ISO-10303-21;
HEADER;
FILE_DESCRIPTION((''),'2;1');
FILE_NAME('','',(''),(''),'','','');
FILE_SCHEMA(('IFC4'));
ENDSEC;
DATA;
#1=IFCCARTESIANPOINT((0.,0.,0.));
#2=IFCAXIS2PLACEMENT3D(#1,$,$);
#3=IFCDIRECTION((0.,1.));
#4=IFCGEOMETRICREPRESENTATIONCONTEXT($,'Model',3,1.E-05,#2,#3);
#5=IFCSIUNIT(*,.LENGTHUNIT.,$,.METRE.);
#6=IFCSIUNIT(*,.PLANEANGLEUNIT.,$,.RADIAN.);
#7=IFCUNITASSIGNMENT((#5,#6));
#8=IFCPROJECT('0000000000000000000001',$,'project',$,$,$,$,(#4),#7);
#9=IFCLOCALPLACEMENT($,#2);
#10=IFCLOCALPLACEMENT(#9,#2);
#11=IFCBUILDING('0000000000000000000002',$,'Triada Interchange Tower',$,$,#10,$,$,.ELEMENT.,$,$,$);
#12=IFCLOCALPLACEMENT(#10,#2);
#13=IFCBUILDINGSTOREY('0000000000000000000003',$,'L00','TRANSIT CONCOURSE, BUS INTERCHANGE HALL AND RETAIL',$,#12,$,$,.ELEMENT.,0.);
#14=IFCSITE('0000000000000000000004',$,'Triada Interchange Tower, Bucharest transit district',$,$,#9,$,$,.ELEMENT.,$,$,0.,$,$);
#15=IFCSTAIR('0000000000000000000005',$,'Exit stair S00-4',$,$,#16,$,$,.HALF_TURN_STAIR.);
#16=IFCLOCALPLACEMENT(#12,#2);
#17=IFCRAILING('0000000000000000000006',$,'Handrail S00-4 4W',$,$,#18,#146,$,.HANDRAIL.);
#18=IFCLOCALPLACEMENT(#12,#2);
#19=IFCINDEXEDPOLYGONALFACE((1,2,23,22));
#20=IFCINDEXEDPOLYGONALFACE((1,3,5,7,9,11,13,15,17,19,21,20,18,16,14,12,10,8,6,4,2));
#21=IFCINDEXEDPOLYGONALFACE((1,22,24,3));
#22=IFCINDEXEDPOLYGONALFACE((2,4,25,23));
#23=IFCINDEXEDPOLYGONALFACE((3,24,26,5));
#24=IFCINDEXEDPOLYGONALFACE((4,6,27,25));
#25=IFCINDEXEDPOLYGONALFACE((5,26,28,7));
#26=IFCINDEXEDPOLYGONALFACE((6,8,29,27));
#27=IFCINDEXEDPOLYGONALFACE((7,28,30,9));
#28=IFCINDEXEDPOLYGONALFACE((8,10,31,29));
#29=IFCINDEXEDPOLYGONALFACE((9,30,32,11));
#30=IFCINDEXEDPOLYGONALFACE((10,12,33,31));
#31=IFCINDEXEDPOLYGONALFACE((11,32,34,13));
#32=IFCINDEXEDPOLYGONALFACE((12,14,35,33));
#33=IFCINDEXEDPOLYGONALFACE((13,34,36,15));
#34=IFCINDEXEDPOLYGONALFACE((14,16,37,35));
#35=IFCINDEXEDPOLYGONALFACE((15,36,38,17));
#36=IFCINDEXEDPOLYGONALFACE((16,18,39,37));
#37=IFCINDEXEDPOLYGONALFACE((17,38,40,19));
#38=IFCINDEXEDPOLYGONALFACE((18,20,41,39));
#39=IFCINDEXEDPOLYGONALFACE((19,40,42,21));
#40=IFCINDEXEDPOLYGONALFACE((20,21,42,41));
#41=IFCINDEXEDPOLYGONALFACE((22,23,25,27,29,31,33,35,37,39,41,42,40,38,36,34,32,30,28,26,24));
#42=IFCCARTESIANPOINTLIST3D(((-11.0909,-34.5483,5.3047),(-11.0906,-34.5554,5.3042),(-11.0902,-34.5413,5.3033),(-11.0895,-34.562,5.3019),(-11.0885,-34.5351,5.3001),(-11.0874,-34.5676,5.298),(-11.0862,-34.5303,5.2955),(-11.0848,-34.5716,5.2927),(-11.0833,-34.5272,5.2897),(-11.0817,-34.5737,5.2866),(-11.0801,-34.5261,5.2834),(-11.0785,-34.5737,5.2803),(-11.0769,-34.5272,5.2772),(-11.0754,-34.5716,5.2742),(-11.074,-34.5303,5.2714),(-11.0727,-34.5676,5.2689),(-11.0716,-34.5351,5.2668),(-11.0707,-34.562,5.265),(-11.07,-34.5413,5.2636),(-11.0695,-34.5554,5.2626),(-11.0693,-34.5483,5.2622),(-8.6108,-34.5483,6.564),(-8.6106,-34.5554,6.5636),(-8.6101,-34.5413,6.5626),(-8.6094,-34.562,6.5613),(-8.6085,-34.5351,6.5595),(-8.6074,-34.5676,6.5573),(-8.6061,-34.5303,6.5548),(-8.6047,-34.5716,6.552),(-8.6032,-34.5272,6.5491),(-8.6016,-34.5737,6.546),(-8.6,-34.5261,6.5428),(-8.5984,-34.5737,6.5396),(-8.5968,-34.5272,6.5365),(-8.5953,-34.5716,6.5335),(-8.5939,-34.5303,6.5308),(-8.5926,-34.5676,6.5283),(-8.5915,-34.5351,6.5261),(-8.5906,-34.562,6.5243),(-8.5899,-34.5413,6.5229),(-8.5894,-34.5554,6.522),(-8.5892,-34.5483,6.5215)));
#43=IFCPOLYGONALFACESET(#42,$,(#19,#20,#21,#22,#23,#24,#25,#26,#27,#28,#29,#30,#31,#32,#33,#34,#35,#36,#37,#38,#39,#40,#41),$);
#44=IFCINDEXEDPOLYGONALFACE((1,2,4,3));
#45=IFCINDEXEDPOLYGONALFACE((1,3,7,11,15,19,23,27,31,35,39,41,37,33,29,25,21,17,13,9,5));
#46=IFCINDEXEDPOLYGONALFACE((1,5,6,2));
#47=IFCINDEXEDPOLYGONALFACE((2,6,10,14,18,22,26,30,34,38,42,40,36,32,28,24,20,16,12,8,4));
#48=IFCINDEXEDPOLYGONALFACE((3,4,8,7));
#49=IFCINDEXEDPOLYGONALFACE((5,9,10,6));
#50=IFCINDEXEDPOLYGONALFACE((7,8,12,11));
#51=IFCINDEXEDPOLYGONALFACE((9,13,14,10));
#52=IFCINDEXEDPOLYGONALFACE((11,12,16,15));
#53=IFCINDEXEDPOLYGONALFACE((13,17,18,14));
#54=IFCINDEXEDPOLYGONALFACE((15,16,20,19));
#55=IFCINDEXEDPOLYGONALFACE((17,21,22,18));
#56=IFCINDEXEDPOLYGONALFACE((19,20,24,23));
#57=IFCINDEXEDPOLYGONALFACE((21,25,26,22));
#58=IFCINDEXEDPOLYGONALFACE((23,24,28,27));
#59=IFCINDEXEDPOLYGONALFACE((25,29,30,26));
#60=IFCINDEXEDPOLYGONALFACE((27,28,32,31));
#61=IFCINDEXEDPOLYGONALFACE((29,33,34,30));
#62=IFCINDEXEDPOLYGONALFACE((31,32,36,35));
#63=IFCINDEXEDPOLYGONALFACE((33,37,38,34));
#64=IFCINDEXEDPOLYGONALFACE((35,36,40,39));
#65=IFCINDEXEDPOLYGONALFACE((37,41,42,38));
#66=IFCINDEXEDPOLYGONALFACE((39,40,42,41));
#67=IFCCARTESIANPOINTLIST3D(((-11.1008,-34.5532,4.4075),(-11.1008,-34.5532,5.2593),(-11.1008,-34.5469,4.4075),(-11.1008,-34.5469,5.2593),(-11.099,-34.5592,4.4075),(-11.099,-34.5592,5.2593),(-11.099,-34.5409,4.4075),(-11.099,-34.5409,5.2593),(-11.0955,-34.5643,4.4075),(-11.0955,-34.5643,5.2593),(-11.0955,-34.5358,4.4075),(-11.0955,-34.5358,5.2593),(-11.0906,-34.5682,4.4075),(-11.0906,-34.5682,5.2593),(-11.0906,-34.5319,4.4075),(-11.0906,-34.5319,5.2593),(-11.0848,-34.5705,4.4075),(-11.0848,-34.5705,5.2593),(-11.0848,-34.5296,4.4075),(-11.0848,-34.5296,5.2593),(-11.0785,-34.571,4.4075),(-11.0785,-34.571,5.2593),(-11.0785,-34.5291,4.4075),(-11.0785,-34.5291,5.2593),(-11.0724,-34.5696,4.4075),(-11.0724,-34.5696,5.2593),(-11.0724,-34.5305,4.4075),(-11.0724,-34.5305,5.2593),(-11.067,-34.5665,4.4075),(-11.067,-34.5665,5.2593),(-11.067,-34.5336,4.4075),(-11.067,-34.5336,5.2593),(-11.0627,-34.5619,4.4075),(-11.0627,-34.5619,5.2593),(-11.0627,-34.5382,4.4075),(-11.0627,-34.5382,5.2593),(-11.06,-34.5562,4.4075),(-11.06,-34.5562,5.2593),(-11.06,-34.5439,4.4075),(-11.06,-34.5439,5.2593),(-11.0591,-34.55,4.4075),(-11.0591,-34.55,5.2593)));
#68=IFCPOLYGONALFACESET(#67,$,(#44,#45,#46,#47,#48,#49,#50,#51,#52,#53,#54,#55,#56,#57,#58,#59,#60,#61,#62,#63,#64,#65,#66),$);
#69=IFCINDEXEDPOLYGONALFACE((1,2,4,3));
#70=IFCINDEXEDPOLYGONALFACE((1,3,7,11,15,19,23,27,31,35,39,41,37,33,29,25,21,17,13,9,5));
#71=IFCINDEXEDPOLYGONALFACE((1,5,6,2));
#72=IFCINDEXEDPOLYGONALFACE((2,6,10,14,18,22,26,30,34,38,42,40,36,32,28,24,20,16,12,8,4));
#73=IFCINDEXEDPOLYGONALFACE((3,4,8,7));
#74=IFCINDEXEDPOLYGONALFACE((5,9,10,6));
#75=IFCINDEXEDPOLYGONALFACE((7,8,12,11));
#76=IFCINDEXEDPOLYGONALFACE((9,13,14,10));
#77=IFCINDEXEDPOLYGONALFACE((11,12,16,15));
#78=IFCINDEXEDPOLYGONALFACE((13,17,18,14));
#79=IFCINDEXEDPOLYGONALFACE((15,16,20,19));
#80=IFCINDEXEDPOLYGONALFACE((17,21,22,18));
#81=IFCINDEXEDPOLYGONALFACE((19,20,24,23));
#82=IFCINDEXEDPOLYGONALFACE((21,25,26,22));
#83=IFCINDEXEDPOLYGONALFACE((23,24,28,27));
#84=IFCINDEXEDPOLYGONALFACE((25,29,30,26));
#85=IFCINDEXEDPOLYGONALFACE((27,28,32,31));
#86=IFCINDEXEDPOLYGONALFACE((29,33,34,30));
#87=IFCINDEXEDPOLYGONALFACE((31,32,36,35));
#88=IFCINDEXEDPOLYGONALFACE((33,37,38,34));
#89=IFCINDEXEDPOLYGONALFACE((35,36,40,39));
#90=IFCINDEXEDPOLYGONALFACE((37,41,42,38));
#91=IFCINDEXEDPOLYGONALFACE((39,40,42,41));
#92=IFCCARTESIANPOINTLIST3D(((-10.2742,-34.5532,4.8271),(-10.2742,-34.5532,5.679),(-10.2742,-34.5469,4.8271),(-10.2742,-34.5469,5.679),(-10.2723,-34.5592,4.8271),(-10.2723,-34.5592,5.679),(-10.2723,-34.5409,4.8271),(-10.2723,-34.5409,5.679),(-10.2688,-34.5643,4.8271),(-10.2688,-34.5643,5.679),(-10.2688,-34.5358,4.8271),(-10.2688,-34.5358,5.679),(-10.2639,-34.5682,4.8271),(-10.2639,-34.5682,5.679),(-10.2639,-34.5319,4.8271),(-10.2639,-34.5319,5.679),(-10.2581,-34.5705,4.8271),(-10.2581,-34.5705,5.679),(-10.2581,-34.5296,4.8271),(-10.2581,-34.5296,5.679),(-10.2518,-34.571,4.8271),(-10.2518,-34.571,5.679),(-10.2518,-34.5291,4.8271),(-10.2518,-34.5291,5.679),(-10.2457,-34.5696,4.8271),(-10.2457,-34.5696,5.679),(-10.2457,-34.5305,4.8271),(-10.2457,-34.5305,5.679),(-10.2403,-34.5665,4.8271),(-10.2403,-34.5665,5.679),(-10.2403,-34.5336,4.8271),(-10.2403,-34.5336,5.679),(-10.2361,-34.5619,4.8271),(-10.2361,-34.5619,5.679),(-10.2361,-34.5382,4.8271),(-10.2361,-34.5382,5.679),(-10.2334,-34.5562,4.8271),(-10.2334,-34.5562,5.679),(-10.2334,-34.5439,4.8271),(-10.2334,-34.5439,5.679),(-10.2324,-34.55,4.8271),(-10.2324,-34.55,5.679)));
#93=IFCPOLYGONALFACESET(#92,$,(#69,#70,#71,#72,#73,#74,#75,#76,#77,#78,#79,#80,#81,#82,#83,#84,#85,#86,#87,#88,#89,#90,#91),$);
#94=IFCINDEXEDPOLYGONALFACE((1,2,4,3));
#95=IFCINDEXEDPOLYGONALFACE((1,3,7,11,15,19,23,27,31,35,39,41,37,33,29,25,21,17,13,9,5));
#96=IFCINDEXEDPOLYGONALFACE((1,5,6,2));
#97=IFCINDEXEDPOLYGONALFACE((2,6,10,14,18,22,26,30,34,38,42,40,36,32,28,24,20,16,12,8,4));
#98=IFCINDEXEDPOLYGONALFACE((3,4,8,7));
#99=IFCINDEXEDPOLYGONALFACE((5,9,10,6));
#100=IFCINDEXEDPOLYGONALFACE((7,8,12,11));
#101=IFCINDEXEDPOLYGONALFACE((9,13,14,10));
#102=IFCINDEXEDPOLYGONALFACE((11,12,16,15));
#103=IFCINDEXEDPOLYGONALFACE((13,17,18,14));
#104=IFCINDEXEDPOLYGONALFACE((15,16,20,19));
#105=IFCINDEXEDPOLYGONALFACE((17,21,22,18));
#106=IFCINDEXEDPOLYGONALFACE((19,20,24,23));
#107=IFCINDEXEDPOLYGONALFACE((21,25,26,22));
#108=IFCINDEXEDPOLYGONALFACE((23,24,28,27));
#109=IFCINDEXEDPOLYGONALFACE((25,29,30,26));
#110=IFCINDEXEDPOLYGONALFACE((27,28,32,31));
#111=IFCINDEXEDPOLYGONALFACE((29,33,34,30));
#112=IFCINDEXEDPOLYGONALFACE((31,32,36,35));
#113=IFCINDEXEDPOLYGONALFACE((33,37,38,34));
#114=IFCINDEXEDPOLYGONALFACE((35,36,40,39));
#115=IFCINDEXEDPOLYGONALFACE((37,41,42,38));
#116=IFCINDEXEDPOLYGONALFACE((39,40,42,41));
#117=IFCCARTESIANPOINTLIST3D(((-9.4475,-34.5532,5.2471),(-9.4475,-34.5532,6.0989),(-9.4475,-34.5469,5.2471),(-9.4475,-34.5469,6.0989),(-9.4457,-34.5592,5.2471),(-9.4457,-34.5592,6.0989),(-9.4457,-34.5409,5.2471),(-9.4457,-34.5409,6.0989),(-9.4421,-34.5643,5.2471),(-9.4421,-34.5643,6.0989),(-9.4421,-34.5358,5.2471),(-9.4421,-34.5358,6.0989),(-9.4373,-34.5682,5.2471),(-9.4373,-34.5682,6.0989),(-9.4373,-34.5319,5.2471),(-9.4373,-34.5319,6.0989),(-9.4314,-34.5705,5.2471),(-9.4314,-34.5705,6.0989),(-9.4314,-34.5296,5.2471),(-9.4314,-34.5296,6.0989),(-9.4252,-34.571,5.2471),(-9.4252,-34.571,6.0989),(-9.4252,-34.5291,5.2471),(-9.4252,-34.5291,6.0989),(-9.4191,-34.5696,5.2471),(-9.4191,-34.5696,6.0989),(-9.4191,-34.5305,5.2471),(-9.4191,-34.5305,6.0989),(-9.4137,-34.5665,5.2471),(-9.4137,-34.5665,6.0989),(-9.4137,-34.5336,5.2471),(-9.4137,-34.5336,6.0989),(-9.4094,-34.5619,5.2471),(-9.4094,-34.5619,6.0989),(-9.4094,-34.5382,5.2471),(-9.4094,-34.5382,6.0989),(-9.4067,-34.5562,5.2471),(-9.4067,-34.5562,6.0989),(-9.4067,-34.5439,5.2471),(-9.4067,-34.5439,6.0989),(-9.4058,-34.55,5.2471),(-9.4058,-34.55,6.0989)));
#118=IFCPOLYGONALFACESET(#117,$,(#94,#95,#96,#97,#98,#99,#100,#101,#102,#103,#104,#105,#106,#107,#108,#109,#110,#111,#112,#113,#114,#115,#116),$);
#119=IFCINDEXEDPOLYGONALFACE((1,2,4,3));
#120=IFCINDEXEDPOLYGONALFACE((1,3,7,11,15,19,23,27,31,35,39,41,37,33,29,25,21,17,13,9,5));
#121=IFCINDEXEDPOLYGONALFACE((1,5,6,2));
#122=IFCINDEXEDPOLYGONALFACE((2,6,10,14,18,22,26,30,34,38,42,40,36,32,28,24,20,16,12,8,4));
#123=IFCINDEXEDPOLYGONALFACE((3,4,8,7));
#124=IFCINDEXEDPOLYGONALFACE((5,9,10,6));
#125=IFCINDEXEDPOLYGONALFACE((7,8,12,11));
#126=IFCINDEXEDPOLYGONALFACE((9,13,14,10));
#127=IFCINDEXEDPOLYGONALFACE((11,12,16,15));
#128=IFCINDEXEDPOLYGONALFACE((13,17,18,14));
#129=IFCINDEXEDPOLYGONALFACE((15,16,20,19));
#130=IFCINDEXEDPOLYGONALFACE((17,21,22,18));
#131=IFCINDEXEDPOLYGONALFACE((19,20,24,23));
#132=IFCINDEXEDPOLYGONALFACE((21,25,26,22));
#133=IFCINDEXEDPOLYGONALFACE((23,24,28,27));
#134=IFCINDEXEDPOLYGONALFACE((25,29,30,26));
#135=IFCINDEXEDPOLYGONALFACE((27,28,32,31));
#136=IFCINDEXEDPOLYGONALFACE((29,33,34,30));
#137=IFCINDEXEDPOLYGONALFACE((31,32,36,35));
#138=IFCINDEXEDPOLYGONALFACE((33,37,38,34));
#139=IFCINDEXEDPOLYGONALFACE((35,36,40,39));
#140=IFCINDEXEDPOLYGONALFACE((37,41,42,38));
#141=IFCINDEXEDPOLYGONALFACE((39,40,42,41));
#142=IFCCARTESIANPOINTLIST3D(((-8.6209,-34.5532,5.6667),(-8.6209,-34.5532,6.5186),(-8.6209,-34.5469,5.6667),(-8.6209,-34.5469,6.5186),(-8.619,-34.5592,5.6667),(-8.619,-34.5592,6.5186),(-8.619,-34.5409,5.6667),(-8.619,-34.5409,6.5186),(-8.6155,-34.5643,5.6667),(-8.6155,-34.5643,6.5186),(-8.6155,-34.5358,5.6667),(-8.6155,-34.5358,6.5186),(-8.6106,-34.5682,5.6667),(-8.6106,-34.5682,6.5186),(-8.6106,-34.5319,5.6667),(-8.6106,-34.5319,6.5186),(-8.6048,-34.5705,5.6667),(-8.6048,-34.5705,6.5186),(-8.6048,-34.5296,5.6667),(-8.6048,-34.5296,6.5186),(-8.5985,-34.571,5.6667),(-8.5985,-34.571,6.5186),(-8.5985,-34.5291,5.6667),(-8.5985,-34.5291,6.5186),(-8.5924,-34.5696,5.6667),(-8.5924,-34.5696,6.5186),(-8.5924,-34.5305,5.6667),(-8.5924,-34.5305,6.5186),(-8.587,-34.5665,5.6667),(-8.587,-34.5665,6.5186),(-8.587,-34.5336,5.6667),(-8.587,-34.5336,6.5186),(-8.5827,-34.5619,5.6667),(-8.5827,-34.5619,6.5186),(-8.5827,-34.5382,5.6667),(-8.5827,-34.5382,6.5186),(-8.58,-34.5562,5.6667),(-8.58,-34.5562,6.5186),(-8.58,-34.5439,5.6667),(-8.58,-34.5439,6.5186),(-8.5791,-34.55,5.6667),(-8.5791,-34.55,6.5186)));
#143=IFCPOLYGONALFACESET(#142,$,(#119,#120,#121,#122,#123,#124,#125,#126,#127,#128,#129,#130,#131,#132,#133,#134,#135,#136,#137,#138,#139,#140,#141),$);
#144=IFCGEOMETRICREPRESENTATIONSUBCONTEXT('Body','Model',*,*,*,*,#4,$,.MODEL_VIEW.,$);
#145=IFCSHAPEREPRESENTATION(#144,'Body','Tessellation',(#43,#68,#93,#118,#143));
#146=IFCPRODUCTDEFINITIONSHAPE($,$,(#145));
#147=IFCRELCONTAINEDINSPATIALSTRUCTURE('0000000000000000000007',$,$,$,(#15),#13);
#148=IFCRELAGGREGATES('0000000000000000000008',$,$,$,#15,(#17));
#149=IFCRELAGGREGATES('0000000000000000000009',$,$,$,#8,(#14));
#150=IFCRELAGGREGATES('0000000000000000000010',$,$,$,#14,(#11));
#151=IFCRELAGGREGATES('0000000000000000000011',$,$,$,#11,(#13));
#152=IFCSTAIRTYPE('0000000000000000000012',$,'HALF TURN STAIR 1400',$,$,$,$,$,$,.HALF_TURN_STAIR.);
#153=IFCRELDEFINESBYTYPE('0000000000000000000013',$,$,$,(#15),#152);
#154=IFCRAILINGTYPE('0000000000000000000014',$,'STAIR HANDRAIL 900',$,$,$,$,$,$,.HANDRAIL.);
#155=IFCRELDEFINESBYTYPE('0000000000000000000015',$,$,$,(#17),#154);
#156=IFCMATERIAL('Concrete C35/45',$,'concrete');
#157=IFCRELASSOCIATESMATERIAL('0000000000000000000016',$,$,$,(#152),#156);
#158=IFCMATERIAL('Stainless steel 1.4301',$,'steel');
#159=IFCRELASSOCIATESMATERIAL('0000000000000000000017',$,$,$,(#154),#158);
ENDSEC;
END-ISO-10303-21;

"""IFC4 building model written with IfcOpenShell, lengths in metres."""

from ifc_helpers import new_model, si_unit, direction, frame, origin, origin_2d, place, context, subcontext, project, spatial, circle, extrude, material, type_object, element, aggregate, save


model = new_model("IFC4")

# Units and contexts
model_context = context("Model", 3, precision=1e-05, world=origin(), true_north=direction((0.0, 1.0)))
body_context = subcontext(model_context, "Body", "Model", "MODEL_VIEW")
ifc_project = project(units=[si_unit("LENGTHUNIT", "METRE"), si_unit("PLANEANGLEUNIT", "RADIAN")], contexts=[model_context])

# Site, building, storey
site_placement = place(None, origin())
site = spatial("IfcSite", under=ifc_project, at=site_placement, Name="Triada Interchange Tower, Bucharest transit district", CompositionType="ELEMENT", RefElevation=0.0)
building_placement = place(site_placement, origin())
building = spatial("IfcBuilding", under=site, at=building_placement, Name="Triada Interchange Tower", CompositionType="ELEMENT")
storey_placement = place(building_placement, origin())
storey = spatial("IfcBuildingStorey", under=building, at=storey_placement, Name="L00", Description="TRANSIT CONCOURSE, BUS INTERCHANGE HALL AND RETAIL", CompositionType="ELEMENT", Elevation=0.0)

# Shared definitions
ifc_material_1 = material(Name="Concrete C35/45", Category="concrete")

# Stair
stair_type = type_object("IfcStairType", Name="HALF TURN STAIR 1400", PredefinedType="HALF_TURN_STAIR", material=ifc_material_1)
stair_1_placement = place(storey_placement, origin())
stair_1 = element("IfcStair", 1, at=stair_1_placement, inside=storey, type_object=stair_type, Name="Exit stair S00-4", PredefinedType="HALF_TURN_STAIR")

# Railing
ifc_material_2 = material(Name="Stainless steel 1.4301", Category="steel")
railing_type_1 = type_object("IfcRailingType", Name="STAIR HANDRAIL 900", PredefinedType="HANDRAIL", material=ifc_material_2)
railing_1_placement = place(storey_placement, frame((-11.0801, -34.55, 4.4075)))
railing_1 = element("IfcRailing", 2, at=railing_1_placement, type_object=railing_type_1, Name="Handrail S00-4 4W", PredefinedType="HANDRAIL", context=body_context, shape_type="SweptSolid", body=[
    extrude(circle(Radius=0.0239, at=origin_2d()), frame((0.0, 0.0, 0.876), z_axis=(0.891636, 0.0, 0.452752), x_axis=(0.0, 1.0, 0.0)), (0.0, 0.0, 1.0), 2.7815),
    extrude(circle(Radius=0.021, at=origin_2d()), origin(), (0.0, 0.0, 1.0), 0.8518),
    extrude(circle(Radius=0.021, at=origin_2d()), frame((0.8267, 0.0, 0.4197)), (0.0, 0.0, 1.0), 0.8518),
    extrude(circle(Radius=0.021, at=origin_2d()), frame((1.6533, 0.0, 0.8396)), (0.0, 0.0, 1.0), 0.8518),
    extrude(circle(Radius=0.021, at=origin_2d()), frame((2.48, 0.0, 1.2593)), (0.0, 0.0, 1.0), 0.8518),
])
aggregate(stair_1, [railing_1])

save(model, "model.ifc")
